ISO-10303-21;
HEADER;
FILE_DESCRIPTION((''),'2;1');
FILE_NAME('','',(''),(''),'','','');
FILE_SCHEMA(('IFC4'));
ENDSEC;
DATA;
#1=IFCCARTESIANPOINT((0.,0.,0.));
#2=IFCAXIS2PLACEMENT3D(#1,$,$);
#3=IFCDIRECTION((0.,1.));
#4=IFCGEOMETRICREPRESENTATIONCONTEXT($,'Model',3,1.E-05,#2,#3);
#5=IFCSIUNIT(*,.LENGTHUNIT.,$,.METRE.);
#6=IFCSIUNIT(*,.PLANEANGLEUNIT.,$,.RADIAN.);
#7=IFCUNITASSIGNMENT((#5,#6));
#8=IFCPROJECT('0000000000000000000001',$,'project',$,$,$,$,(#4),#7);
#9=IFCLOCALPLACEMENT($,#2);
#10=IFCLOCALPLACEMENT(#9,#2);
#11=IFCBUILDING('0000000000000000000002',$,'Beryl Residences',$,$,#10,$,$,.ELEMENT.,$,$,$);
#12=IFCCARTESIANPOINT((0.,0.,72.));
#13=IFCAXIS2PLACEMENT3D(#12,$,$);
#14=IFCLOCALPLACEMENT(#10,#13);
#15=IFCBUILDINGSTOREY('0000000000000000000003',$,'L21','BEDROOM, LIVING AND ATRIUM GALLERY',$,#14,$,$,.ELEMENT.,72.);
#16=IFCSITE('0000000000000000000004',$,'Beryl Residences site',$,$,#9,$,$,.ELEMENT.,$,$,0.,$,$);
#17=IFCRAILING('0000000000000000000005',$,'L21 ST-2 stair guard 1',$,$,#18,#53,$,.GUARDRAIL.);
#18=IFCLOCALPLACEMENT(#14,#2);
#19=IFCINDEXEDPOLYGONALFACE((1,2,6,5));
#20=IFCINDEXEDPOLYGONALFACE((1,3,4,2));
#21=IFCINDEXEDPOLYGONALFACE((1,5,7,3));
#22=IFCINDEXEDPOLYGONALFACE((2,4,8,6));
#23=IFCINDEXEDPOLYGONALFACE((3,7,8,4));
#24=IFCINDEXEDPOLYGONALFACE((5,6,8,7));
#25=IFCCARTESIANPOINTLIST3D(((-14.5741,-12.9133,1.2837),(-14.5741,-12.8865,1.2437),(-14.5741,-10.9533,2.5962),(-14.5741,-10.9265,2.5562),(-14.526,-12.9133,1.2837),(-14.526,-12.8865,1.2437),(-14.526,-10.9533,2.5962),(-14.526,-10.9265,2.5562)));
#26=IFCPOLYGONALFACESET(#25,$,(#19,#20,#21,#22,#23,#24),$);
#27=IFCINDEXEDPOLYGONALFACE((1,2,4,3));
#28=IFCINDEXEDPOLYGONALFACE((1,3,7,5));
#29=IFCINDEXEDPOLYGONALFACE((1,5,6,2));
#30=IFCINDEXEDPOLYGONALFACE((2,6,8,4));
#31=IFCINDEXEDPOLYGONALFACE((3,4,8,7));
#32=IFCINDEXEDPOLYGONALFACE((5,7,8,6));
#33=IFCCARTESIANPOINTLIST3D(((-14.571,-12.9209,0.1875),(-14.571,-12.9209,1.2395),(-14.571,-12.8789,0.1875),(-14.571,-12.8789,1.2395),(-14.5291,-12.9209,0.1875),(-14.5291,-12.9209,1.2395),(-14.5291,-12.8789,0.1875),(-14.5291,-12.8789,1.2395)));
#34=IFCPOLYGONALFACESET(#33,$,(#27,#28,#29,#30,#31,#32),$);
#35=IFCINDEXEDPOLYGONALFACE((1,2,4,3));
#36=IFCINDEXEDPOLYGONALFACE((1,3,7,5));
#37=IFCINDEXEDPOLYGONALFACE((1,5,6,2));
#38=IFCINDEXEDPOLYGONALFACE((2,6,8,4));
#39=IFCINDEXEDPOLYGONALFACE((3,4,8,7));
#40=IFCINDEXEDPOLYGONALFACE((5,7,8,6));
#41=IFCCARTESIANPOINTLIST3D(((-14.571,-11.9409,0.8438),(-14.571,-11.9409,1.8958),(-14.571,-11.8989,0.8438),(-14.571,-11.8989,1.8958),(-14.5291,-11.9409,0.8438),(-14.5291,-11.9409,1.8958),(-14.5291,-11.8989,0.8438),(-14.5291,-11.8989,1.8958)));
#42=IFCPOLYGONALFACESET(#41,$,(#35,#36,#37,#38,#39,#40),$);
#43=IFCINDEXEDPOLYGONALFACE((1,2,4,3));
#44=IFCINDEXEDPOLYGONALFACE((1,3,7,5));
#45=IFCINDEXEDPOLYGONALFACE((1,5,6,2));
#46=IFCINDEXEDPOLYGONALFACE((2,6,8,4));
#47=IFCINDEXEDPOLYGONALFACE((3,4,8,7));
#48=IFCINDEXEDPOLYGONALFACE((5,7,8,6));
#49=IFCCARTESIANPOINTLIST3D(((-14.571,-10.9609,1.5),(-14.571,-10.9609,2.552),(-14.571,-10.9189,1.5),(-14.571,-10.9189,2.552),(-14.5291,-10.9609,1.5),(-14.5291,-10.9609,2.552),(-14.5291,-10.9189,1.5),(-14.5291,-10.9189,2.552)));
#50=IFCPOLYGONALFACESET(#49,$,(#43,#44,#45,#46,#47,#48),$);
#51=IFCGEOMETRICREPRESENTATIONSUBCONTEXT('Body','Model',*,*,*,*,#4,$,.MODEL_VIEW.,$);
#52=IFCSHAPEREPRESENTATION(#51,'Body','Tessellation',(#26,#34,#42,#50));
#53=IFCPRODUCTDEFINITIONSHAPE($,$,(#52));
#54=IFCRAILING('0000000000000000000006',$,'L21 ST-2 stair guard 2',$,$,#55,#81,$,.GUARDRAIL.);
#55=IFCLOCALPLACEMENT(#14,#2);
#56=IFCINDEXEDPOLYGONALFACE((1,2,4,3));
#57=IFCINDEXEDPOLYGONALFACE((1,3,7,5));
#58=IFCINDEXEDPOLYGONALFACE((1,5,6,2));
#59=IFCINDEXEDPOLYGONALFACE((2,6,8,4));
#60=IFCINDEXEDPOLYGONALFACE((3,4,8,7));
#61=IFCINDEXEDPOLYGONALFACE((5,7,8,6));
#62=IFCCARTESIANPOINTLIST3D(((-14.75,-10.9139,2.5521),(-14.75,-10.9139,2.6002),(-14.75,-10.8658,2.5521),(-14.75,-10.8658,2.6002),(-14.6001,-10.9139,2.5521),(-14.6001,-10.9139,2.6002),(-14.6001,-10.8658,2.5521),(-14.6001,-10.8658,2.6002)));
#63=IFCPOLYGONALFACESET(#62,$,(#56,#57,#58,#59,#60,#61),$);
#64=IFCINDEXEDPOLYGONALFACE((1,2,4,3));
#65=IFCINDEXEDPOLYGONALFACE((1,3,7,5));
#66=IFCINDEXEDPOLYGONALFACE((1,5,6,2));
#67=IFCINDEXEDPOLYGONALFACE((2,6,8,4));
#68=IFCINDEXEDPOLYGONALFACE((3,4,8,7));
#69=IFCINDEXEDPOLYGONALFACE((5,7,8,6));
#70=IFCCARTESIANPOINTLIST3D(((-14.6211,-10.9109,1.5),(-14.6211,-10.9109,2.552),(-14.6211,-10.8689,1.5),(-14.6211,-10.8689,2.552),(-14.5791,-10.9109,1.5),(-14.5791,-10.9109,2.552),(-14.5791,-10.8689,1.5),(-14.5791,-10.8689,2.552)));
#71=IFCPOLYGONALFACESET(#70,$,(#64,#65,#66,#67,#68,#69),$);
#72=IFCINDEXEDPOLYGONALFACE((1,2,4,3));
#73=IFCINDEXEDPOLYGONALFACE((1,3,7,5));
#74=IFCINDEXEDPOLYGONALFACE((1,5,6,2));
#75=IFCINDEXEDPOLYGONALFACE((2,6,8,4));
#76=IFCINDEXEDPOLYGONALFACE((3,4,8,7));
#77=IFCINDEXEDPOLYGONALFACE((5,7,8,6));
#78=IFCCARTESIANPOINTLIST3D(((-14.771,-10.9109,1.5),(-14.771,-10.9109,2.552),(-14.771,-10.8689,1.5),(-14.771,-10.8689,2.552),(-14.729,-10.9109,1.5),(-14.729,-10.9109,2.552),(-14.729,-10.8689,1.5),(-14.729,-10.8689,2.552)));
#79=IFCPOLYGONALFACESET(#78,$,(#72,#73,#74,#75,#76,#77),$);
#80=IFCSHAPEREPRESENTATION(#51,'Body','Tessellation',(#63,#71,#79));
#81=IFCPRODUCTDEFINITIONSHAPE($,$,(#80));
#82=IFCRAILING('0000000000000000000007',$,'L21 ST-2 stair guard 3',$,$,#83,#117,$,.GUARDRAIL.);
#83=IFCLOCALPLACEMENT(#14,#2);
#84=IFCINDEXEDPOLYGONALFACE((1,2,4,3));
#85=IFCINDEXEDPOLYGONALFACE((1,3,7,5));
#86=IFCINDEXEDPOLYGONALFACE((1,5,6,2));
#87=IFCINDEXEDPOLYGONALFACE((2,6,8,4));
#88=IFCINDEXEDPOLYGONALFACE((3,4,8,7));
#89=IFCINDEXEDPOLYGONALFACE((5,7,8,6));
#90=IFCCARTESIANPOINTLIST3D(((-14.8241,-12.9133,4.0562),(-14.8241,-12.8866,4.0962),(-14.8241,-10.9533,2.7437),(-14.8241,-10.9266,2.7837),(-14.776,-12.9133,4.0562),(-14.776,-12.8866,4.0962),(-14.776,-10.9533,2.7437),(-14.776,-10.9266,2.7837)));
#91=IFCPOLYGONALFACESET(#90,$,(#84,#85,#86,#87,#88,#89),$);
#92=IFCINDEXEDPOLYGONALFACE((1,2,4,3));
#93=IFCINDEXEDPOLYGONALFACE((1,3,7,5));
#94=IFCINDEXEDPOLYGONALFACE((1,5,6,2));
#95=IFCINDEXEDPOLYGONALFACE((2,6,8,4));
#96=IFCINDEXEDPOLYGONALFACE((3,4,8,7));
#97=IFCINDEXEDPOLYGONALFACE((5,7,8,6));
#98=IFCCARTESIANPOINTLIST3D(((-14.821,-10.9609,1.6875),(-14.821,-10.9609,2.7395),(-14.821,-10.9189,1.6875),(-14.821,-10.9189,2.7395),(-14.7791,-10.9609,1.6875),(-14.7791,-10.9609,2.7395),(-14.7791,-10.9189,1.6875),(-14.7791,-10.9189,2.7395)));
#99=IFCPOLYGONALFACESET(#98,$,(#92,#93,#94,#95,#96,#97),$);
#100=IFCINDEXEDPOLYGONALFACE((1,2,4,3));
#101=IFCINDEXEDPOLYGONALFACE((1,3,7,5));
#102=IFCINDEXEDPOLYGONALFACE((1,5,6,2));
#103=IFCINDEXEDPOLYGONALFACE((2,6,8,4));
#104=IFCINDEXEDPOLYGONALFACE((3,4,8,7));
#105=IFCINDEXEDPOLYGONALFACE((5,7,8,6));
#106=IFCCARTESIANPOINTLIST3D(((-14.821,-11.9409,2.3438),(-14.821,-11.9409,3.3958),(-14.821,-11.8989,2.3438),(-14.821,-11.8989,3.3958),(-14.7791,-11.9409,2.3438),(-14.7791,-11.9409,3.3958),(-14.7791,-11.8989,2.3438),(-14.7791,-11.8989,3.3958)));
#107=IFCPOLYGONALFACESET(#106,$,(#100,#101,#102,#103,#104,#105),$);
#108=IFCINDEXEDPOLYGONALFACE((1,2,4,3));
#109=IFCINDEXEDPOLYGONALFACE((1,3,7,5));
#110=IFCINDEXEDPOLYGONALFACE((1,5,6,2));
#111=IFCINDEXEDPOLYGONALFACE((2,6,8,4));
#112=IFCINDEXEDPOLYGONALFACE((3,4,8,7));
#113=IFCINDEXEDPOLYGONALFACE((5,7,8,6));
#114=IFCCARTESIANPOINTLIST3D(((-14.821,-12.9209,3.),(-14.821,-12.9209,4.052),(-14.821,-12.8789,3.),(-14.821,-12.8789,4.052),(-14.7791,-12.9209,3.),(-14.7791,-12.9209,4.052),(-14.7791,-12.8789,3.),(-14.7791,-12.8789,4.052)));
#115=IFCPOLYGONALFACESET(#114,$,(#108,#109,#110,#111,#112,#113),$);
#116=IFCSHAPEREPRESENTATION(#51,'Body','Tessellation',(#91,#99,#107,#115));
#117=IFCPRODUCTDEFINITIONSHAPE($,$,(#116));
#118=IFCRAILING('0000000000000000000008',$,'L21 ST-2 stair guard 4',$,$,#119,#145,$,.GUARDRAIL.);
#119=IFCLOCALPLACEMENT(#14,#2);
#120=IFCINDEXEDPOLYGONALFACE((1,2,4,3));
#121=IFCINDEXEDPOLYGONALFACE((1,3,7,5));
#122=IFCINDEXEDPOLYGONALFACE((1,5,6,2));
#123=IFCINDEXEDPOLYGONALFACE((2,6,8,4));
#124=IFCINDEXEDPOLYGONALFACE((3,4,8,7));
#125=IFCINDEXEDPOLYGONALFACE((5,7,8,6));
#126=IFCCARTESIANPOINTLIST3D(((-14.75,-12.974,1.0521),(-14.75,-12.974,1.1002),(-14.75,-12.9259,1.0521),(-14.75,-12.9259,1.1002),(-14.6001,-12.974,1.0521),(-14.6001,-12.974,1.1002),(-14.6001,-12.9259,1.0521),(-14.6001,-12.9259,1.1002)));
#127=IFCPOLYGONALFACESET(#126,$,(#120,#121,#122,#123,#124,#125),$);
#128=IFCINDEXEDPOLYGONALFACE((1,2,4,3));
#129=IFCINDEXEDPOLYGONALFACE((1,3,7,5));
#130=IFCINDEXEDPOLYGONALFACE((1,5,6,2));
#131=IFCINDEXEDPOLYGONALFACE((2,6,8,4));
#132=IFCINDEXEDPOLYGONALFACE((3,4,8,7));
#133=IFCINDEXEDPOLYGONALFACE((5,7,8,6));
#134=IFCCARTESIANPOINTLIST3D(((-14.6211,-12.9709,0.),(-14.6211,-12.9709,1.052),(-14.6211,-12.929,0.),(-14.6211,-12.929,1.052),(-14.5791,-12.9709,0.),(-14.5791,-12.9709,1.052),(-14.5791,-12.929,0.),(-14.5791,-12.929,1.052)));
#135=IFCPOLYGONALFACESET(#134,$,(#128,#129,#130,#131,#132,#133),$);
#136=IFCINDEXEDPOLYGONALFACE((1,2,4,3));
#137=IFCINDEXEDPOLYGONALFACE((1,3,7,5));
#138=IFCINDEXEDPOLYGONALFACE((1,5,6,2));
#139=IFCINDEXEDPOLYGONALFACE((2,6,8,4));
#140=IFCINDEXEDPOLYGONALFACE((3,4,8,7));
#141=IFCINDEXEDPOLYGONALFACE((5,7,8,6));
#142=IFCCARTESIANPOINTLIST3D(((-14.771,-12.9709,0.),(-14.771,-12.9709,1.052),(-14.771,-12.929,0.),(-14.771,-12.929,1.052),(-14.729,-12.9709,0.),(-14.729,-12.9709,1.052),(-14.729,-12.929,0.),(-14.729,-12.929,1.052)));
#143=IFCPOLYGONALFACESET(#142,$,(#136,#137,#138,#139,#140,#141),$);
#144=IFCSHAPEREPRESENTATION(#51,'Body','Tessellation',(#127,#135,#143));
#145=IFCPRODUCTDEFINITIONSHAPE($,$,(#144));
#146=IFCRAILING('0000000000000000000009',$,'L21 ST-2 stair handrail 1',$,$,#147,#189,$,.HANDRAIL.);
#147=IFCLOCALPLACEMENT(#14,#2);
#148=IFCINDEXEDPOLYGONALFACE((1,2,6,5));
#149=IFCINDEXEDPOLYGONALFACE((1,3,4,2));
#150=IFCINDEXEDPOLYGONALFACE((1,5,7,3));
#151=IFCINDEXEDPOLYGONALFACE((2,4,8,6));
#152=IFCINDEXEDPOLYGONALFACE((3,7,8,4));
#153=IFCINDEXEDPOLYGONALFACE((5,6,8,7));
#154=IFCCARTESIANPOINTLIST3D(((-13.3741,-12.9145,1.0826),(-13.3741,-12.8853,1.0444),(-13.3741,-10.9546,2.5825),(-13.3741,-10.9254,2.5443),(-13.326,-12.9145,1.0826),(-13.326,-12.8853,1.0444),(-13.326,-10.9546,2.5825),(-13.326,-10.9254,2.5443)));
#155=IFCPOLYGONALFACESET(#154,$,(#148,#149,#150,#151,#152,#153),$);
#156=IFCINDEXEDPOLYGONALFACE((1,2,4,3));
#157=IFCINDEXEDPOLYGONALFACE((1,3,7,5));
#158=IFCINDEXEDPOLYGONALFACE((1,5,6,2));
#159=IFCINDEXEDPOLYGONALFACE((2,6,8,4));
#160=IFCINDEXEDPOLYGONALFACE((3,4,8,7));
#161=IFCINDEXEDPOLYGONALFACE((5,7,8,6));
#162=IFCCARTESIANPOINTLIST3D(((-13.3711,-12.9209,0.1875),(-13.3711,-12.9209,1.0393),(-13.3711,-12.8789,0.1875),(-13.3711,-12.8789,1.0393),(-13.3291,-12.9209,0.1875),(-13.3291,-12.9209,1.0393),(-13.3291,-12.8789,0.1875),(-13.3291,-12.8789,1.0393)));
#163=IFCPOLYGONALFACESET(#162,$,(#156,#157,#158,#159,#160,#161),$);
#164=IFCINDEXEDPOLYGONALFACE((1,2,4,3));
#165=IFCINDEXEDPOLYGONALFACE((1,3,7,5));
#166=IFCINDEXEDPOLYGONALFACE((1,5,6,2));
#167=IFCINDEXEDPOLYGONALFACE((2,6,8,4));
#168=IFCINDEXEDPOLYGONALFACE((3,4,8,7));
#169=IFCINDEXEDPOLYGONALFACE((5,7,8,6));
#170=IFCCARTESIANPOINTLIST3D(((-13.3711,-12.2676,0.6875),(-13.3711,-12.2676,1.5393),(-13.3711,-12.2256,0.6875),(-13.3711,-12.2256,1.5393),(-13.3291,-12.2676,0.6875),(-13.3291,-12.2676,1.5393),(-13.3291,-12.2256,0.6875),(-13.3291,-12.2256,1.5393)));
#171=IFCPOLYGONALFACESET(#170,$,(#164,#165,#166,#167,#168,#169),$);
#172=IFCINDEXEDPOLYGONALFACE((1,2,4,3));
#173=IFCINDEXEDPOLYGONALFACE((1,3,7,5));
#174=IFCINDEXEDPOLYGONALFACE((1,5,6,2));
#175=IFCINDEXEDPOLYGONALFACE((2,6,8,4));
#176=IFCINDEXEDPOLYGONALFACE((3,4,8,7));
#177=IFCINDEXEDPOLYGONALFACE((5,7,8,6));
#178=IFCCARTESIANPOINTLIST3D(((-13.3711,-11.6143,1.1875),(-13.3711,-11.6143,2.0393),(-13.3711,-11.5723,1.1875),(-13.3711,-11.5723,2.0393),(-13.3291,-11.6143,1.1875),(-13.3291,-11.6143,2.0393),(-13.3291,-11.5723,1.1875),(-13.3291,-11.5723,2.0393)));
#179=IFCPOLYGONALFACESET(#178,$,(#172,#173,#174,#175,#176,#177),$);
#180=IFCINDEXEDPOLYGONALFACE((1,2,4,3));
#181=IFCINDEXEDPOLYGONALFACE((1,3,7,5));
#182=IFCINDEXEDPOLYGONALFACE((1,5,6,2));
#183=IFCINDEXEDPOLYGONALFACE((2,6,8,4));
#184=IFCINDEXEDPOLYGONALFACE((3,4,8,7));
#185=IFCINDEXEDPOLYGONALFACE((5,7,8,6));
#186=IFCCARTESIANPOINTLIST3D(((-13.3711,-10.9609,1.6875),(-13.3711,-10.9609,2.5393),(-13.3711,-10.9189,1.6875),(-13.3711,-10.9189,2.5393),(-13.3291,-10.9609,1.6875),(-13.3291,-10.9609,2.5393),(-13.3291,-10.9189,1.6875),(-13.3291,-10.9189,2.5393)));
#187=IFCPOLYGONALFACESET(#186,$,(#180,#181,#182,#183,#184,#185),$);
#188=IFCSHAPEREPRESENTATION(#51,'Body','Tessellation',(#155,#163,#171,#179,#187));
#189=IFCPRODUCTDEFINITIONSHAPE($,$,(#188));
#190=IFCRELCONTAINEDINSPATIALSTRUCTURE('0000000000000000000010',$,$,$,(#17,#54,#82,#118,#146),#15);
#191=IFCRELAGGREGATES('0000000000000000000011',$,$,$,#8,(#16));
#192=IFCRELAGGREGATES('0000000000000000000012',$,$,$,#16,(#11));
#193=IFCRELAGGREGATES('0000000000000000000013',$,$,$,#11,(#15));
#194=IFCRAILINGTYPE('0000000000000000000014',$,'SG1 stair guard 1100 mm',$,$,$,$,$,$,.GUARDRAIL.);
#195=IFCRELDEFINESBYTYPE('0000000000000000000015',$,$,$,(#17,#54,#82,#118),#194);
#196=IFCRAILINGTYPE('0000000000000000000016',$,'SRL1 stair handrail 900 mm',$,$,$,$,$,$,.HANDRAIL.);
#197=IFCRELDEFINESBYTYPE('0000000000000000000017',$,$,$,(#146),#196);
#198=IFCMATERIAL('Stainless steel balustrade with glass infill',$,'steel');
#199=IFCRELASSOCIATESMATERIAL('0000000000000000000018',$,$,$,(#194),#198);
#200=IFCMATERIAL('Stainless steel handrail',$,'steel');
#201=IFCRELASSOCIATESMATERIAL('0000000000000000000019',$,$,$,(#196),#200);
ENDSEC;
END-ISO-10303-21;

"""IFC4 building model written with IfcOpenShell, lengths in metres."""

from ifc_helpers import new_model, si_unit, direction, frame, origin, origin_2d, place, context, subcontext, project, spatial, rectangle, extrude, material, type_object, element, save


model = new_model("IFC4")

# Units and contexts
model_context = context("Model", 3, precision=1e-05, world=origin(), true_north=direction((0.0, 1.0)))
body_context = subcontext(model_context, "Body", "Model", "MODEL_VIEW")
ifc_project = project(units=[si_unit("LENGTHUNIT", "METRE"), si_unit("PLANEANGLEUNIT", "RADIAN")], contexts=[model_context])

# Site, building, storey
site_placement = place(None, origin())
site = spatial("IfcSite", under=ifc_project, at=site_placement, Name="Beryl Residences site", CompositionType="ELEMENT", RefElevation=0.0)
building_placement = place(site_placement, origin())
building = spatial("IfcBuilding", under=site, at=building_placement, Name="Beryl Residences", CompositionType="ELEMENT")
storey_placement = place(building_placement, frame((0.0, 0.0, 72.0)))
storey = spatial("IfcBuildingStorey", under=building, at=storey_placement, Name="L21", Description="BEDROOM, LIVING AND ATRIUM GALLERY", CompositionType="ELEMENT", Elevation=72.0)

# Railings
ifc_material_1 = material(Name="Stainless steel balustrade with glass infill", Category="steel")
railing_type_1 = type_object("IfcRailingType", Name="SG1 stair guard 1100 mm", PredefinedType="GUARDRAIL", material=ifc_material_1)
railing_1_placement = place(storey_placement, frame((-14.55, -12.8999, 0.1875)))
element("IfcRailing", 1, at=railing_1_placement, inside=storey, type_object=railing_type_1, Name="L21 ST-2 stair guard 1", PredefinedType="GUARDRAIL", context=body_context, shape_type="SweptSolid", body=[
    extrude(rectangle(XDim=0.0481, YDim=0.0481, at=origin_2d()), frame((0.0, 0.0, 1.0762), z_axis=(0.0, 0.830902, 0.556419), x_axis=(-1.0, 0.0, 0.0)), (0.0, 0.0, 1.0), 2.3589),
    extrude(rectangle(XDim=0.042, YDim=0.042, at=origin_2d()), origin(), (0.0, 0.0, 1.0), 1.052),
    extrude(rectangle(XDim=0.042, YDim=0.042, at=origin_2d()), frame((0.0, 0.98, 0.6562)), (0.0, 0.0, 1.0), 1.052),
    extrude(rectangle(XDim=0.042, YDim=0.042, at=origin_2d()), frame((0.0, 1.96, 1.3125)), (0.0, 0.0, 1.0), 1.052),
])
railing_2_placement = place(storey_placement, frame((-14.6001, -10.8899, 1.5)))
element("IfcRailing", 2, at=railing_2_placement, inside=storey, type_object=railing_type_1, Name="L21 ST-2 stair guard 2", PredefinedType="GUARDRAIL", context=body_context, shape_type="SweptSolid", body=[
    extrude(rectangle(XDim=0.0481, YDim=0.0481, at=origin_2d()), frame((0.0, 0.0, 1.0762), z_axis=(-1.0, 0.0, 0.0), x_axis=(0.0, -1.0, 0.0)), (0.0, 0.0, 1.0), 0.1499),
    extrude(rectangle(XDim=0.042, YDim=0.042, at=origin_2d()), origin(), (0.0, 0.0, 1.0), 1.052),
    extrude(rectangle(XDim=0.042, YDim=0.042, at=origin_2d()), frame((-0.1499, 0.0, 0.0)), (0.0, 0.0, 1.0), 1.052),
])
railing_3_placement = place(storey_placement, frame((-14.8, -10.9399, 1.6875)))
element("IfcRailing", 3, at=railing_3_placement, inside=storey, type_object=railing_type_1, Name="L21 ST-2 stair guard 3", PredefinedType="GUARDRAIL", context=body_context, shape_type="SweptSolid", body=[
    extrude(rectangle(XDim=0.0481, YDim=0.0481, at=origin_2d()), frame((0.0, 0.0, 1.0762), z_axis=(0.0, -0.830902, 0.556419), x_axis=(1.0, 0.0, 0.0)), (0.0, 0.0, 1.0), 2.3589),
    extrude(rectangle(XDim=0.042, YDim=0.042, at=origin_2d()), origin(), (0.0, 0.0, 1.0), 1.052),
    extrude(rectangle(XDim=0.042, YDim=0.042, at=origin_2d()), frame((0.0, -0.98, 0.6562)), (0.0, 0.0, 1.0), 1.052),
    extrude(rectangle(XDim=0.042, YDim=0.042, at=origin_2d()), frame((0.0, -1.96, 1.3125)), (0.0, 0.0, 1.0), 1.052),
])
railing_4_placement = place(storey_placement, frame((-14.6001, -12.95, 0.0)))
element("IfcRailing", 4, at=railing_4_placement, inside=storey, type_object=railing_type_1, Name="L21 ST-2 stair guard 4", PredefinedType="GUARDRAIL", context=body_context, shape_type="SweptSolid", body=[
    extrude(rectangle(XDim=0.0481, YDim=0.0481, at=origin_2d()), frame((0.0, 0.0, 1.0762), z_axis=(-1.0, 0.0, 0.0), x_axis=(0.0, -1.0, 0.0)), (0.0, 0.0, 1.0), 0.1499),
    extrude(rectangle(XDim=0.042, YDim=0.042, at=origin_2d()), origin(), (0.0, 0.0, 1.0), 1.052),
    extrude(rectangle(XDim=0.042, YDim=0.042, at=origin_2d()), frame((-0.1499, 0.0, 0.0)), (0.0, 0.0, 1.0), 1.052),
])
ifc_material_2 = material(Name="Stainless steel handrail", Category="steel")
railing_type_2 = type_object("IfcRailingType", Name="SRL1 stair handrail 900 mm", PredefinedType="HANDRAIL", material=ifc_material_2)
railing_5_placement = place(storey_placement, frame((-13.3501, -12.8999, 0.1875)))
element("IfcRailing", 5, at=railing_5_placement, inside=storey, type_object=railing_type_2, Name="L21 ST-2 stair handrail 1", PredefinedType="HANDRAIL", context=body_context, shape_type="SweptSolid", body=[
    extrude(rectangle(XDim=0.0481, YDim=0.0481, at=origin_2d()), frame((0.0, 0.0, 0.876), z_axis=(0.0, 0.794122, 0.607758), x_axis=(-1.0, 0.0, 0.0)), (0.0, 0.0, 1.0), 2.468),
    extrude(rectangle(XDim=0.042, YDim=0.042, at=origin_2d()), origin(), (0.0, 0.0, 1.0), 0.8518),
    extrude(rectangle(XDim=0.042, YDim=0.042, at=origin_2d()), frame((0.0, 0.6533, 0.5)), (0.0, 0.0, 1.0), 0.8518),
    extrude(rectangle(XDim=0.042, YDim=0.042, at=origin_2d()), frame((0.0, 1.3066, 1.0)), (0.0, 0.0, 1.0), 0.8518),
    extrude(rectangle(XDim=0.042, YDim=0.042, at=origin_2d()), frame((0.0, 1.96, 1.5)), (0.0, 0.0, 1.0), 0.8518),
])

save(model, "model.ifc")
